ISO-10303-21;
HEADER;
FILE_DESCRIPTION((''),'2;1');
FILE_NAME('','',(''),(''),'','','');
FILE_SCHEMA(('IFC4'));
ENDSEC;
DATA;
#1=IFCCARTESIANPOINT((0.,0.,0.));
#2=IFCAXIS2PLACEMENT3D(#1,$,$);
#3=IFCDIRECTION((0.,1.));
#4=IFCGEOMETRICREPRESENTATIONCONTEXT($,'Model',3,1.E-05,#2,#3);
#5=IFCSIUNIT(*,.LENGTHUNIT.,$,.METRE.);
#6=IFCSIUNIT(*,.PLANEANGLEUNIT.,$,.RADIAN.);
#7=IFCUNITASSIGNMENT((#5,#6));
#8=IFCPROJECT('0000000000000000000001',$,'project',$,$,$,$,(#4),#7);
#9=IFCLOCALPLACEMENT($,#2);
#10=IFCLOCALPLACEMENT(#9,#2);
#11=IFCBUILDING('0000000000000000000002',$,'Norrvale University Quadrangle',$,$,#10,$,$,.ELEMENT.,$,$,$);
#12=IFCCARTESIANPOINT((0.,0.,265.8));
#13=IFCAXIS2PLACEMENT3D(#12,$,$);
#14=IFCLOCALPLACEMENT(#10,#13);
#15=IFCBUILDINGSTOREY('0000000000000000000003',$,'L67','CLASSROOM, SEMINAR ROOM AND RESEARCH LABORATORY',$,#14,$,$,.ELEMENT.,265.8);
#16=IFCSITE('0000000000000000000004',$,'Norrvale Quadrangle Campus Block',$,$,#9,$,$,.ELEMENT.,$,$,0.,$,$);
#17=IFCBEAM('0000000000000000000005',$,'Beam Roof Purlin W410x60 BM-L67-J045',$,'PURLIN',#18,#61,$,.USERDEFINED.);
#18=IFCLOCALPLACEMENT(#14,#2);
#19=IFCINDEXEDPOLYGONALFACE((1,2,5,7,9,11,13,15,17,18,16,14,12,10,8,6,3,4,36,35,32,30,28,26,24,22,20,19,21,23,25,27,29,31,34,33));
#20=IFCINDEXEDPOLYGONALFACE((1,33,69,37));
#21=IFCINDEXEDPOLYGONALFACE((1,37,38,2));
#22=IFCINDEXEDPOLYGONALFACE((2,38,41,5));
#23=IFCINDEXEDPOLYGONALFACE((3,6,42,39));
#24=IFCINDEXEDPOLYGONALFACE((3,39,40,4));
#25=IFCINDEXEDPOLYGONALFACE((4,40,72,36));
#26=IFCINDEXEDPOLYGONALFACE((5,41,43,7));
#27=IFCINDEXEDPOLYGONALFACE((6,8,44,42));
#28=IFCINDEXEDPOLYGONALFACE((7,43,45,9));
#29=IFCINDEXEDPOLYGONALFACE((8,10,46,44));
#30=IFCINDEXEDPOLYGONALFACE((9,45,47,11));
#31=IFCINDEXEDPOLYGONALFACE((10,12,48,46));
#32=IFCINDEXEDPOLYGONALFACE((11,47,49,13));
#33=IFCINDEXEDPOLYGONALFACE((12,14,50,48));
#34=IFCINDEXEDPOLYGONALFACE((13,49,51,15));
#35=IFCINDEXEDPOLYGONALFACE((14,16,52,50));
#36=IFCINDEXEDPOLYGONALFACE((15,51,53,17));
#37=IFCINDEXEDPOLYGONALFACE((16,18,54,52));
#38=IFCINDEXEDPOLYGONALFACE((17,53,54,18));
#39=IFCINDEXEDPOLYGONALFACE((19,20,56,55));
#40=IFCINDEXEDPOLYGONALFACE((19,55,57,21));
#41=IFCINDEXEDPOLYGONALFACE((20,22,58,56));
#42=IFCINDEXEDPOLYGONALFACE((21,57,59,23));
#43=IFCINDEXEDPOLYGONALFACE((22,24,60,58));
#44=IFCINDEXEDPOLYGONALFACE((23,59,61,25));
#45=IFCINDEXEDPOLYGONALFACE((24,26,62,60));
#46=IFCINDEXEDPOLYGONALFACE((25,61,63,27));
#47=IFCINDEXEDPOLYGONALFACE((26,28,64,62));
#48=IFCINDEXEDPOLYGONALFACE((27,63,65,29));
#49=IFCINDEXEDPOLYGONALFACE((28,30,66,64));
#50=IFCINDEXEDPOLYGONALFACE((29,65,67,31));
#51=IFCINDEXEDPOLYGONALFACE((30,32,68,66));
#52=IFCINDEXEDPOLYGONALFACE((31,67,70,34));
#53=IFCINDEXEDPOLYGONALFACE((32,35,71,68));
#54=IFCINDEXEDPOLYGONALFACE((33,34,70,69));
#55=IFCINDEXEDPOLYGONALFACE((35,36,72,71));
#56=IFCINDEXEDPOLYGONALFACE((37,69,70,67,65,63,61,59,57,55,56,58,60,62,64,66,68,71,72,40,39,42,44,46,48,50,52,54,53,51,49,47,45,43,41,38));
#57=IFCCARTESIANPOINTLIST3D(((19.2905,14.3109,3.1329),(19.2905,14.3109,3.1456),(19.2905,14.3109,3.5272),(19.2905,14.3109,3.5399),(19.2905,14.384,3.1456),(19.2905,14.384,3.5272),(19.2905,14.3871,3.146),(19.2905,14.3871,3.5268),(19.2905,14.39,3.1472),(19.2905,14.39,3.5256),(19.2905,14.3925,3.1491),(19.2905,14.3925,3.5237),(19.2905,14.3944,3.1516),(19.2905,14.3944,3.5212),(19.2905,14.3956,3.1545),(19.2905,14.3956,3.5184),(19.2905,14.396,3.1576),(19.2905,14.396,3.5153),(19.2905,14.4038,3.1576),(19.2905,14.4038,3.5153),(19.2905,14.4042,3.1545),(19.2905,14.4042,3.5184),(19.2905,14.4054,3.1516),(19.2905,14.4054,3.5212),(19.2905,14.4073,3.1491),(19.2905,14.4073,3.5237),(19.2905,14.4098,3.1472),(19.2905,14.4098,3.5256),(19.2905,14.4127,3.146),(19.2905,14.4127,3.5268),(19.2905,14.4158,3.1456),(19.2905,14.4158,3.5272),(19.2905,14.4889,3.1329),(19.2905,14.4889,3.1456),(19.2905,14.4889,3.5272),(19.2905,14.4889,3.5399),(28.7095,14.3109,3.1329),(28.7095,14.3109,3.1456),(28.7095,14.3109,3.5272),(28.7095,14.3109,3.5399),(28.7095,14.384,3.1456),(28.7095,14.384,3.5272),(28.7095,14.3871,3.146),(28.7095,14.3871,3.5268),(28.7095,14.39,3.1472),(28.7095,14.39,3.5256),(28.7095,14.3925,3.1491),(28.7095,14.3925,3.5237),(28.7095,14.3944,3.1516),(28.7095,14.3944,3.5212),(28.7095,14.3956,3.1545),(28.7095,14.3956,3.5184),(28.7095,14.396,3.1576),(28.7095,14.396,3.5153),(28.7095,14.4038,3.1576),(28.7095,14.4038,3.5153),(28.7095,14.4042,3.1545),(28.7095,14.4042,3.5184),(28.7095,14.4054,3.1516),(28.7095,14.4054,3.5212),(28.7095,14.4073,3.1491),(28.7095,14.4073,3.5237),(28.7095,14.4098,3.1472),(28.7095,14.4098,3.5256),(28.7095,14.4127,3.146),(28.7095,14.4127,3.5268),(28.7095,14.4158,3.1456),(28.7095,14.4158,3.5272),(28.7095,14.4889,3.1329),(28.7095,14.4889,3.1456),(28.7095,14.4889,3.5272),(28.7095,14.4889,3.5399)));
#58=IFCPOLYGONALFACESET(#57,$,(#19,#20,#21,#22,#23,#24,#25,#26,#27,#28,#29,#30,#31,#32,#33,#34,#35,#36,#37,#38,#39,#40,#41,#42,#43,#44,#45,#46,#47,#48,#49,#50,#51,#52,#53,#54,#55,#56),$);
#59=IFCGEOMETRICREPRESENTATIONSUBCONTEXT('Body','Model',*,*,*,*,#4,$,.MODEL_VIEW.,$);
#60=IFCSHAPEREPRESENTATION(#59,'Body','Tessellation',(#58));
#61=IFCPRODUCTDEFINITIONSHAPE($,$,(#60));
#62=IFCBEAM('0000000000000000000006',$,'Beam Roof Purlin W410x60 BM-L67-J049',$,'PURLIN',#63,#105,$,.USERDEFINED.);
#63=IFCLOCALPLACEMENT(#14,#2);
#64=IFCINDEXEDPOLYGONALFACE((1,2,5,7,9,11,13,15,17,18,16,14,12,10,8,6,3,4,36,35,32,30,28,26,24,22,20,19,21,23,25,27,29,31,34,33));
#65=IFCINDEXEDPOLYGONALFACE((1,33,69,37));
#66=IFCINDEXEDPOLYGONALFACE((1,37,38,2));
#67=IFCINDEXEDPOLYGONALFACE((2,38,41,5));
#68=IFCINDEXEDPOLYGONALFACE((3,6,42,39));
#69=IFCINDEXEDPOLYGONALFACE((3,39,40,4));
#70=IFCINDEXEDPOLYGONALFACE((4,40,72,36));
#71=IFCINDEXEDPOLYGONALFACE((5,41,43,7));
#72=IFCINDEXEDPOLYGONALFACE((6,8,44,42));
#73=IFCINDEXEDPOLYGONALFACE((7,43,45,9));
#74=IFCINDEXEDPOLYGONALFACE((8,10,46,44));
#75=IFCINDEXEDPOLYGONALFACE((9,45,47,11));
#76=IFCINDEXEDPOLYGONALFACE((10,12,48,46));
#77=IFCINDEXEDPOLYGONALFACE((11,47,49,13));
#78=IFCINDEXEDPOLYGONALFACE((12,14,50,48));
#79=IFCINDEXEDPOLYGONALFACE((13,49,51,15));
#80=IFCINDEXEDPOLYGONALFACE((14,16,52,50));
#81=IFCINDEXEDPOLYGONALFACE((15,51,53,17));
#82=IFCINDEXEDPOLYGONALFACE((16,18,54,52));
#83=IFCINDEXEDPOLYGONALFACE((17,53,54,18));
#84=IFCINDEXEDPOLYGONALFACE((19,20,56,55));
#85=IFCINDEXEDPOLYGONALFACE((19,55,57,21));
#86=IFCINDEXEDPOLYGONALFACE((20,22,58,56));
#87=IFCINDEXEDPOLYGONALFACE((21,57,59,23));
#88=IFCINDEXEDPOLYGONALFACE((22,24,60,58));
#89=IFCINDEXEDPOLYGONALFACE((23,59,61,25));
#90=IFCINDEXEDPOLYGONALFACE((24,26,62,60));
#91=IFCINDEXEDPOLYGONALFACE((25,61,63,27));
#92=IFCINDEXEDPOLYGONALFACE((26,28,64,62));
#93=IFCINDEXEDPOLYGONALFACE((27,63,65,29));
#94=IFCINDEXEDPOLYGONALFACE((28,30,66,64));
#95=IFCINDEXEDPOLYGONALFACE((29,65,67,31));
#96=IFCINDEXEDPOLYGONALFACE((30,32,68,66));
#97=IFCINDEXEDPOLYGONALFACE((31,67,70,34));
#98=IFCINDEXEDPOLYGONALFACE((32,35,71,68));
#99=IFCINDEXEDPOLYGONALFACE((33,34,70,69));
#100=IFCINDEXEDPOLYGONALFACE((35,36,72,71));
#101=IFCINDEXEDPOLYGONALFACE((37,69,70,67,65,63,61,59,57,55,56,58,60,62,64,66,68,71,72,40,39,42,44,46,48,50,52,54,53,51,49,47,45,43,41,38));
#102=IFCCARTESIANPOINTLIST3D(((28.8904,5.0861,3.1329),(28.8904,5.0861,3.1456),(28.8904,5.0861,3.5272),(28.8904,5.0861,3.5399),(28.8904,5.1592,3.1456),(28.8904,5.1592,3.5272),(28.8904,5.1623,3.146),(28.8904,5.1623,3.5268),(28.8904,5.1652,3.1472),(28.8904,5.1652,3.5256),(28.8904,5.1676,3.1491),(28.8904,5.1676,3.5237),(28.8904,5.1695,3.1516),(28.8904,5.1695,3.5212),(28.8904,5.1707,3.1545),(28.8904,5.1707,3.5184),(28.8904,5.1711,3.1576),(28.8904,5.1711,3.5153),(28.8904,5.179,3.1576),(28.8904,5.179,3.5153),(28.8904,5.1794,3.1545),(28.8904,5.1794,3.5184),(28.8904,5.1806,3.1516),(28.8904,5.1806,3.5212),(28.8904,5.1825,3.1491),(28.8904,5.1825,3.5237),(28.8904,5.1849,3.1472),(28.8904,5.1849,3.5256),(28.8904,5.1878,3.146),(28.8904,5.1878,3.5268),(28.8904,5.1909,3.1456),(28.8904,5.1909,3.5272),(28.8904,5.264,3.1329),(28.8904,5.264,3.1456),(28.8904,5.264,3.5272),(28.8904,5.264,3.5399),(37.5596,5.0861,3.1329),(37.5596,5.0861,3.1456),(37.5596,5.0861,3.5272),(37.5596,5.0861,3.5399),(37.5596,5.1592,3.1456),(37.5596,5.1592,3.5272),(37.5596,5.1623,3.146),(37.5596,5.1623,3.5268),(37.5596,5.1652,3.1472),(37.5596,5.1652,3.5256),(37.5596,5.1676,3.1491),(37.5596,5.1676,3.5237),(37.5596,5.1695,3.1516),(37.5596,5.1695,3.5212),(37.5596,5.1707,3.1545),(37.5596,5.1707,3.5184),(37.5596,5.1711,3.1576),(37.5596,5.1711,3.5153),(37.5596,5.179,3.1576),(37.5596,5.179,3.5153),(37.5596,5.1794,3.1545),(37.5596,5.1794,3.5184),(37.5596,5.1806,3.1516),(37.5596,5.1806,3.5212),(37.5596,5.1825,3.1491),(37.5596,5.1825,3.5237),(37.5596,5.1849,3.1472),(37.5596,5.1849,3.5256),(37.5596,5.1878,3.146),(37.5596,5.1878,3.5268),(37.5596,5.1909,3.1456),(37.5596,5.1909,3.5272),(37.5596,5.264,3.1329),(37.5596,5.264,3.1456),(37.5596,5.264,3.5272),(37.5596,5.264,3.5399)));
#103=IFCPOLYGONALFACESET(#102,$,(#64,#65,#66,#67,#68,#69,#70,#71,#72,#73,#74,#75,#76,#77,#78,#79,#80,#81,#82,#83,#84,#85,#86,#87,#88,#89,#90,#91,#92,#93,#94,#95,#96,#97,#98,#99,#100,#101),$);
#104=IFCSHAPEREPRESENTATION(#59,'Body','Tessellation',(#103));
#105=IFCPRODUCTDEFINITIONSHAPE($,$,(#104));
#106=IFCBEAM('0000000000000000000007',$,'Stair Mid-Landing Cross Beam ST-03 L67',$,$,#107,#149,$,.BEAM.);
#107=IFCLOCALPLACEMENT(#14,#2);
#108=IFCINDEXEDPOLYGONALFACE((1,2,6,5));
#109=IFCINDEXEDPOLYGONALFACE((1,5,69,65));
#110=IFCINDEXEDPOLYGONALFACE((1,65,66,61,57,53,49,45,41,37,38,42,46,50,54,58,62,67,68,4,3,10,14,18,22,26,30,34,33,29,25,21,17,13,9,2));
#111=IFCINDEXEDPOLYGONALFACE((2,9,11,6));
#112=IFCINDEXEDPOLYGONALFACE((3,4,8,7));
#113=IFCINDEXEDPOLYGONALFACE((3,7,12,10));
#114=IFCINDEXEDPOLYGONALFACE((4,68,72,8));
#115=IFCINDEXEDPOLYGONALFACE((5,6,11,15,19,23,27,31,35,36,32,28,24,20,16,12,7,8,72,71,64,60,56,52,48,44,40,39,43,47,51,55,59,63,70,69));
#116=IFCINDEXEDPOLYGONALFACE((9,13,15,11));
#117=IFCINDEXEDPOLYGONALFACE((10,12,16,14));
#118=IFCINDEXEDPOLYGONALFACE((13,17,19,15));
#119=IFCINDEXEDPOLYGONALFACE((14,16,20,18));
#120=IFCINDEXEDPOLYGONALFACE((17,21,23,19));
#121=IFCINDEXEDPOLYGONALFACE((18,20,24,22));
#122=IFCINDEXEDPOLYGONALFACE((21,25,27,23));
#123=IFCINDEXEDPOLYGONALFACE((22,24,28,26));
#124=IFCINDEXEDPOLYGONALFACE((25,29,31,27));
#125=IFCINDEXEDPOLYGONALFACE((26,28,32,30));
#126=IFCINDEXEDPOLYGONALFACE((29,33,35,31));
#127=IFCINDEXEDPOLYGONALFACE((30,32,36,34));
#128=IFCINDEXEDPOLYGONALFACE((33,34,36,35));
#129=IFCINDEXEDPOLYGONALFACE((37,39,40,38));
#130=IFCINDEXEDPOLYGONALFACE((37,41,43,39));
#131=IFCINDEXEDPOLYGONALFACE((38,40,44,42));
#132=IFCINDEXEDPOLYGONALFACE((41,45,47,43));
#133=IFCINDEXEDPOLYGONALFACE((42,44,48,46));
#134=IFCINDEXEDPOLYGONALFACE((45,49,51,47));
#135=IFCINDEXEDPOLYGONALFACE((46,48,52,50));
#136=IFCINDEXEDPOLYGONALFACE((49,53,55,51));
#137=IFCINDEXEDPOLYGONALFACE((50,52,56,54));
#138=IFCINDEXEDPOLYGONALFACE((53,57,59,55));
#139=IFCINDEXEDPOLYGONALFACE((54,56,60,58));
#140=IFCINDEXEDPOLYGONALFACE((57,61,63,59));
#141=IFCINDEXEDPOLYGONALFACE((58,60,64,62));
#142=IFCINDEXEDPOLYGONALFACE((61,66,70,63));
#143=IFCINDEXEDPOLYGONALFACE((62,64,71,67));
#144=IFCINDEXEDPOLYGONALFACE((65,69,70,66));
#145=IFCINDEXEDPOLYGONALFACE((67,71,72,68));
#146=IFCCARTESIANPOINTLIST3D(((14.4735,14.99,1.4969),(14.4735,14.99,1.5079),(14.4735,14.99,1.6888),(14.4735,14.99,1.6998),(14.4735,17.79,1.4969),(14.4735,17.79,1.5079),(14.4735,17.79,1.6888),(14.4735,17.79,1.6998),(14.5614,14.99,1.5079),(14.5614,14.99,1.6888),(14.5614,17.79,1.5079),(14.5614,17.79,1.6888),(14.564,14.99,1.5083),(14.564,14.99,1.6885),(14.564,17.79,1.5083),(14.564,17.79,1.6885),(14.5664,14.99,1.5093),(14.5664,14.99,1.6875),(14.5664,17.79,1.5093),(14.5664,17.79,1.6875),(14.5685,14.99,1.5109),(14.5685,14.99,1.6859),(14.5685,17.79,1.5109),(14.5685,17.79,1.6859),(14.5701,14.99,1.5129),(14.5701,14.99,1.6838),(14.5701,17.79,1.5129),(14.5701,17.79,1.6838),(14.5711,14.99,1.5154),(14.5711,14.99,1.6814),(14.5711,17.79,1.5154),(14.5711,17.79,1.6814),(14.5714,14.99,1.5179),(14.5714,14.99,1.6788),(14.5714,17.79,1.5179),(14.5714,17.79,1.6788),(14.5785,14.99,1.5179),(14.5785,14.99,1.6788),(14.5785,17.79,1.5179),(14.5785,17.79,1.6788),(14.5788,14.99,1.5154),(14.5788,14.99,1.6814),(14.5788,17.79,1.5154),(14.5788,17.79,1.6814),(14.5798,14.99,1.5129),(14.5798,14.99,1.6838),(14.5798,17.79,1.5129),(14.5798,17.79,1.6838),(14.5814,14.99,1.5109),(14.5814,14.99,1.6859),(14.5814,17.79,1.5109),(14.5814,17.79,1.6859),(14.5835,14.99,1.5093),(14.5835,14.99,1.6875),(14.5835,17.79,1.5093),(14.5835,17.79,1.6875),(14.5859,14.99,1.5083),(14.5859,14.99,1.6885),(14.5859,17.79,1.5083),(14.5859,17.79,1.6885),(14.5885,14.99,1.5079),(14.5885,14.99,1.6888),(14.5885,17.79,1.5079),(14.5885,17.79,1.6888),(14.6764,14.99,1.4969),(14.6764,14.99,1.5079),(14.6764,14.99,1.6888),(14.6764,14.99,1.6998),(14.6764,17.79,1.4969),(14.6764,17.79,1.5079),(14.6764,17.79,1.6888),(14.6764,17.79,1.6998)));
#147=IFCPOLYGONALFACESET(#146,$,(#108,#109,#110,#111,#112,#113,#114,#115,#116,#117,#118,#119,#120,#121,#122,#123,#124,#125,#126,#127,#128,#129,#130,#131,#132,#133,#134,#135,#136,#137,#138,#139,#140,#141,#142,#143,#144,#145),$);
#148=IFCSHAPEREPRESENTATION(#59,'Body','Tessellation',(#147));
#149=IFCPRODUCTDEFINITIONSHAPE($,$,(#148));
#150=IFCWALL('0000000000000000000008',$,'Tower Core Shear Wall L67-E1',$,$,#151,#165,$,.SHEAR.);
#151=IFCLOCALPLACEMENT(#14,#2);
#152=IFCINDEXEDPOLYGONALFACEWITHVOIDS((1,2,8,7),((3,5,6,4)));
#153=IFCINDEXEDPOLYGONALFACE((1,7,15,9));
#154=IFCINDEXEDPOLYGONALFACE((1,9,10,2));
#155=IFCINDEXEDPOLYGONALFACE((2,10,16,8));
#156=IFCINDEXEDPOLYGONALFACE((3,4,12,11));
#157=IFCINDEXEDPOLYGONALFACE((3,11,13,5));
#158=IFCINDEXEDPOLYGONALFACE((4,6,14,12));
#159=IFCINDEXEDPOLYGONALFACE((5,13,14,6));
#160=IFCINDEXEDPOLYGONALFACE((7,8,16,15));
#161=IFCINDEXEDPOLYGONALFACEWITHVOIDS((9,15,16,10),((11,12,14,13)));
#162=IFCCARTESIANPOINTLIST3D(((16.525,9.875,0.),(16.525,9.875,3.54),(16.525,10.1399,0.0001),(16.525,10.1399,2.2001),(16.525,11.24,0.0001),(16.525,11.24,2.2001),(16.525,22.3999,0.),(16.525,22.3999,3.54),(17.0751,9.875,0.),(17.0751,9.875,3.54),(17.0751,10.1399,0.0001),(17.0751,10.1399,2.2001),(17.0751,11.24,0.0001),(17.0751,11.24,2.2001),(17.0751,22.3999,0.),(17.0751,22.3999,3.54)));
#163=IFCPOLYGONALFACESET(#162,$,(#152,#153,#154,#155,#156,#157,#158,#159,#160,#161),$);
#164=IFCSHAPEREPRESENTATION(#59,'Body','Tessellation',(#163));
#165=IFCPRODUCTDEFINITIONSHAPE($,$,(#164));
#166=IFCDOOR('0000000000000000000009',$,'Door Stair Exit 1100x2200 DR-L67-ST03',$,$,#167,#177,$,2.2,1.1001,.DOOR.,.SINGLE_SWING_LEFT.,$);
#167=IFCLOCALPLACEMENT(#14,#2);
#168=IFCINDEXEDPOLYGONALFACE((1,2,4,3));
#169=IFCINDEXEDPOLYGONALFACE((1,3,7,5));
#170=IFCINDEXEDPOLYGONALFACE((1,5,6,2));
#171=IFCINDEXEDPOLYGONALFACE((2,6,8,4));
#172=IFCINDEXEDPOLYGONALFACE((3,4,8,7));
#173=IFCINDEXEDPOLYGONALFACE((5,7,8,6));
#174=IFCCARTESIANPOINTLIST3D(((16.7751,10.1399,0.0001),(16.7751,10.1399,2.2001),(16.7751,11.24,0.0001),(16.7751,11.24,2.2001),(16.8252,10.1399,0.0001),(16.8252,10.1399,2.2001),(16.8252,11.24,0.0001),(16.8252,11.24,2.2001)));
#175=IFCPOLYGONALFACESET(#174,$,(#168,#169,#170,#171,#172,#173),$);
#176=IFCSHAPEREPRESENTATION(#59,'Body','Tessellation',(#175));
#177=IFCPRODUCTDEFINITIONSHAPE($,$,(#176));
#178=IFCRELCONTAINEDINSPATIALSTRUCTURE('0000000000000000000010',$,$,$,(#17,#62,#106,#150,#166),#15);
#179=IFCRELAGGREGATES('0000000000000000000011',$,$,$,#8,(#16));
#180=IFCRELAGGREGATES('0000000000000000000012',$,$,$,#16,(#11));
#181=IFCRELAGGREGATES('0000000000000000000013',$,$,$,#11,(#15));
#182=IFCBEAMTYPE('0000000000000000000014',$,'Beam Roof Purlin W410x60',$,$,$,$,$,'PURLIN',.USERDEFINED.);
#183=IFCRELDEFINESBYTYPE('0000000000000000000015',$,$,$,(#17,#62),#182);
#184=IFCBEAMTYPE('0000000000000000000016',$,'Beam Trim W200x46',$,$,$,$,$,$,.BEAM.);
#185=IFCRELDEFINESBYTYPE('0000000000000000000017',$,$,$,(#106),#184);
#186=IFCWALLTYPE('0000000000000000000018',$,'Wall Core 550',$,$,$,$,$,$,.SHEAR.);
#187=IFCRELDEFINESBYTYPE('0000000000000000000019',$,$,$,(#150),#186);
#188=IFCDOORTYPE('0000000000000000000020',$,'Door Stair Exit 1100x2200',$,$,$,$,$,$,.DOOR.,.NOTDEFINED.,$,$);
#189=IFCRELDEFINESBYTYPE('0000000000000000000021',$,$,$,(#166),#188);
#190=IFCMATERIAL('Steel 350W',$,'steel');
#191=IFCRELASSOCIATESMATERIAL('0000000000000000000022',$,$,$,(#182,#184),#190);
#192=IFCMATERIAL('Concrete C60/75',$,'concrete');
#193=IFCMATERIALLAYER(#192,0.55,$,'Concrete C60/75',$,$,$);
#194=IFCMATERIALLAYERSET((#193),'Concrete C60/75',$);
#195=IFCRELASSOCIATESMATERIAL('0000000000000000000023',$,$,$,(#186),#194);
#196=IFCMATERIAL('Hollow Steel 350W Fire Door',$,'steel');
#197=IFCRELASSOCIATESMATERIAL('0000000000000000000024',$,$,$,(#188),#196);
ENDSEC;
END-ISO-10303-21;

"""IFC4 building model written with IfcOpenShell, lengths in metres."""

from ifc_helpers import new_model, si_unit, direction, frame, frame_2d, origin, origin_2d, place, context, subcontext, project, spatial, rectangle, i_section, extrude, material, layer, layer_set, material_profile, profile_set, type_object, element, fill, save


model = new_model("IFC4")

# Units and contexts
model_context = context("Model", 3, precision=1e-05, world=origin(), true_north=direction((0.0, 1.0)))
body_context = subcontext(model_context, "Body", "Model", "MODEL_VIEW")
ifc_project = project(units=[si_unit("LENGTHUNIT", "METRE"), si_unit("PLANEANGLEUNIT", "RADIAN")], contexts=[model_context])

# Site, building, storey
site_placement = place(None, origin())
site = spatial("IfcSite", under=ifc_project, at=site_placement, Name="Norrvale Quadrangle Campus Block", CompositionType="ELEMENT", RefElevation=0.0)
building_placement = place(site_placement, origin())
building = spatial("IfcBuilding", under=site, at=building_placement, Name="Norrvale University Quadrangle", CompositionType="ELEMENT")
storey_placement = place(building_placement, frame((0.0, 0.0, 265.8)))
storey = spatial("IfcBuildingStorey", under=building, at=storey_placement, Name="L67", Description="CLASSROOM, SEMINAR ROOM AND RESEARCH LABORATORY", CompositionType="ELEMENT", Elevation=265.8)

# Shared definitions
ifc_material_1 = material(Name="Concrete C60/75", Category="concrete")

# Beams
ifc_material_2 = material(Name="Steel 350W", Category="steel")
ifc_material_profile_1 = material_profile(ifc_material_2, i_section(OverallWidth=0.178, OverallDepth=0.407, WebThickness=0.0078, FlangeThickness=0.0127, FilletRadius=0.012, at=origin_2d()), Name="Steel 350W")
ifc_profile_set_1 = profile_set([ifc_material_profile_1], Name="Steel 350W")
beam_type_1 = type_object("IfcBeamType", Name="Beam Roof Purlin W410x60", ElementType="PURLIN", PredefinedType="USERDEFINED", material=ifc_profile_set_1)
for number, where, z_axis, x_axis, name in (
    (1, (19.2905, 14.3999, 3.3364), (1.0, 0.0, 0.0), (0.0, 1.0, 0.0), "Beam Roof Purlin W410x60 BM-L67-J045"),
):
    element("IfcBeam", number, at=place(storey_placement, frame(where, z_axis=z_axis, x_axis=x_axis)), inside=storey, type_object=beam_type_1, Name=name, ObjectType="PURLIN", PredefinedType="USERDEFINED", context=body_context, shape_type="SweptSolid", body=[
        extrude(i_section(OverallWidth=0.178, OverallDepth=0.407, WebThickness=0.0078, FlangeThickness=0.0127, FilletRadius=0.012, at=origin_2d()), origin(), (0.0, 0.0, 1.0), 9.4189),
    ])
beam_1_placement = place(storey_placement, frame((28.8904, 5.175, 3.3364), z_axis=(1.0, 0.0, 0.0), x_axis=(0.0, 1.0, 0.0)))
element("IfcBeam", 2, at=beam_1_placement, inside=storey, type_object=beam_type_1, Name="Beam Roof Purlin W410x60 BM-L67-J049", ObjectType="PURLIN", PredefinedType="USERDEFINED", context=body_context, shape_type="SweptSolid", body=[
    extrude(i_section(OverallWidth=0.178, OverallDepth=0.407, WebThickness=0.0078, FlangeThickness=0.0127, FilletRadius=0.012, at=origin_2d()), origin(), (0.0, 0.0, 1.0), 8.6692),
])
ifc_material_profile_2 = material_profile(ifc_material_2, i_section(OverallWidth=0.2029, OverallDepth=0.2029, WebThickness=0.0071, FlangeThickness=0.011, FilletRadius=0.01, at=origin_2d()), Name="Steel 350W")
ifc_profile_set_2 = profile_set([ifc_material_profile_2], Name="Steel 350W")
beam_type_2 = type_object("IfcBeamType", Name="Beam Trim W200x46", PredefinedType="BEAM", material=ifc_profile_set_2)
beam_2_placement = place(storey_placement, frame((14.575, 14.99, 1.5984), z_axis=(0.0, 1.0, 0.0), x_axis=(-1.0, 0.0, 0.0)))
element("IfcBeam", 3, at=beam_2_placement, inside=storey, type_object=beam_type_2, Name="Stair Mid-Landing Cross Beam ST-03 L67", PredefinedType="BEAM", context=body_context, shape_type="SweptSolid", body=[
    extrude(i_section(OverallWidth=0.2029, OverallDepth=0.2029, WebThickness=0.0071, FlangeThickness=0.011, FilletRadius=0.01, at=origin_2d()), origin(), (0.0, 0.0, 1.0), 2.8),
])

# Wall, opening, door
ifc_layer_1 = layer(ifc_material_1, 0.55, Name="Concrete C60/75")
ifc_layer_set_1 = layer_set([ifc_layer_1], Name="Concrete C60/75")
wall_type_1 = type_object("IfcWallType", Name="Wall Core 550", PredefinedType="SHEAR", material=ifc_layer_set_1)
wall_1_placement = place(storey_placement, frame((16.8, 9.875, 0.0), z_axis=(0.0, 0.0, 1.0), x_axis=(0.0, 1.0, 0.0)))
wall_1 = element("IfcWall", 4, at=wall_1_placement, inside=storey, type_object=wall_type_1, Name="Tower Core Shear Wall L67-E1", PredefinedType="SHEAR", context=body_context, shape_type="SweptSolid", body=[
    extrude(rectangle(XDim=12.5249, YDim=0.55, at=frame_2d((6.2625, 0.0))), origin(), (0.0, 0.0, 1.0), 3.54),
])
opening_1_placement = place(wall_1_placement, frame((0.2649, 0.0, 0.0)))
opening_1 = element("IfcOpeningElement", 5, at=opening_1_placement, cuts=wall_1, PredefinedType="OPENING", context=body_context, shape_type="SweptSolid", body=[
    extrude(rectangle(XDim=1.1001, YDim=2.2, at=frame_2d((0.55, 1.1001))), frame((0.0, 0.2871, 0.0), z_axis=(0.0, -1.0, 0.0), x_axis=(1.0, 0.0, 0.0)), (0.0, 0.0, 1.0), 0.574),
])
ifc_material_3 = material(Name="Hollow Steel 350W Fire Door", Category="steel")
door_type_1 = type_object("IfcDoorType", Name="Door Stair Exit 1100x2200", OperationType="NOTDEFINED", PredefinedType="DOOR", material=ifc_material_3)
door_1_placement = place(opening_1_placement, origin())
door_1 = element("IfcDoor", 6, at=door_1_placement, inside=storey, type_object=door_type_1, Name="Door Stair Exit 1100x2200 DR-L67-ST03", OperationType="SINGLE_SWING_LEFT", OverallHeight=2.2, OverallWidth=1.1001, PredefinedType="DOOR", context=body_context, shape_type="SweptSolid", body=[
    extrude(rectangle(XDim=1.1001, YDim=2.2, at=frame_2d((0.55, 1.1001))), frame((0.0, 0.0249, 0.0), z_axis=(0.0, -1.0, 0.0), x_axis=(1.0, 0.0, 0.0)), (0.0, 0.0, 1.0), 0.05),
])
fill(opening_1, door_1)

save(model, "model.ifc")
